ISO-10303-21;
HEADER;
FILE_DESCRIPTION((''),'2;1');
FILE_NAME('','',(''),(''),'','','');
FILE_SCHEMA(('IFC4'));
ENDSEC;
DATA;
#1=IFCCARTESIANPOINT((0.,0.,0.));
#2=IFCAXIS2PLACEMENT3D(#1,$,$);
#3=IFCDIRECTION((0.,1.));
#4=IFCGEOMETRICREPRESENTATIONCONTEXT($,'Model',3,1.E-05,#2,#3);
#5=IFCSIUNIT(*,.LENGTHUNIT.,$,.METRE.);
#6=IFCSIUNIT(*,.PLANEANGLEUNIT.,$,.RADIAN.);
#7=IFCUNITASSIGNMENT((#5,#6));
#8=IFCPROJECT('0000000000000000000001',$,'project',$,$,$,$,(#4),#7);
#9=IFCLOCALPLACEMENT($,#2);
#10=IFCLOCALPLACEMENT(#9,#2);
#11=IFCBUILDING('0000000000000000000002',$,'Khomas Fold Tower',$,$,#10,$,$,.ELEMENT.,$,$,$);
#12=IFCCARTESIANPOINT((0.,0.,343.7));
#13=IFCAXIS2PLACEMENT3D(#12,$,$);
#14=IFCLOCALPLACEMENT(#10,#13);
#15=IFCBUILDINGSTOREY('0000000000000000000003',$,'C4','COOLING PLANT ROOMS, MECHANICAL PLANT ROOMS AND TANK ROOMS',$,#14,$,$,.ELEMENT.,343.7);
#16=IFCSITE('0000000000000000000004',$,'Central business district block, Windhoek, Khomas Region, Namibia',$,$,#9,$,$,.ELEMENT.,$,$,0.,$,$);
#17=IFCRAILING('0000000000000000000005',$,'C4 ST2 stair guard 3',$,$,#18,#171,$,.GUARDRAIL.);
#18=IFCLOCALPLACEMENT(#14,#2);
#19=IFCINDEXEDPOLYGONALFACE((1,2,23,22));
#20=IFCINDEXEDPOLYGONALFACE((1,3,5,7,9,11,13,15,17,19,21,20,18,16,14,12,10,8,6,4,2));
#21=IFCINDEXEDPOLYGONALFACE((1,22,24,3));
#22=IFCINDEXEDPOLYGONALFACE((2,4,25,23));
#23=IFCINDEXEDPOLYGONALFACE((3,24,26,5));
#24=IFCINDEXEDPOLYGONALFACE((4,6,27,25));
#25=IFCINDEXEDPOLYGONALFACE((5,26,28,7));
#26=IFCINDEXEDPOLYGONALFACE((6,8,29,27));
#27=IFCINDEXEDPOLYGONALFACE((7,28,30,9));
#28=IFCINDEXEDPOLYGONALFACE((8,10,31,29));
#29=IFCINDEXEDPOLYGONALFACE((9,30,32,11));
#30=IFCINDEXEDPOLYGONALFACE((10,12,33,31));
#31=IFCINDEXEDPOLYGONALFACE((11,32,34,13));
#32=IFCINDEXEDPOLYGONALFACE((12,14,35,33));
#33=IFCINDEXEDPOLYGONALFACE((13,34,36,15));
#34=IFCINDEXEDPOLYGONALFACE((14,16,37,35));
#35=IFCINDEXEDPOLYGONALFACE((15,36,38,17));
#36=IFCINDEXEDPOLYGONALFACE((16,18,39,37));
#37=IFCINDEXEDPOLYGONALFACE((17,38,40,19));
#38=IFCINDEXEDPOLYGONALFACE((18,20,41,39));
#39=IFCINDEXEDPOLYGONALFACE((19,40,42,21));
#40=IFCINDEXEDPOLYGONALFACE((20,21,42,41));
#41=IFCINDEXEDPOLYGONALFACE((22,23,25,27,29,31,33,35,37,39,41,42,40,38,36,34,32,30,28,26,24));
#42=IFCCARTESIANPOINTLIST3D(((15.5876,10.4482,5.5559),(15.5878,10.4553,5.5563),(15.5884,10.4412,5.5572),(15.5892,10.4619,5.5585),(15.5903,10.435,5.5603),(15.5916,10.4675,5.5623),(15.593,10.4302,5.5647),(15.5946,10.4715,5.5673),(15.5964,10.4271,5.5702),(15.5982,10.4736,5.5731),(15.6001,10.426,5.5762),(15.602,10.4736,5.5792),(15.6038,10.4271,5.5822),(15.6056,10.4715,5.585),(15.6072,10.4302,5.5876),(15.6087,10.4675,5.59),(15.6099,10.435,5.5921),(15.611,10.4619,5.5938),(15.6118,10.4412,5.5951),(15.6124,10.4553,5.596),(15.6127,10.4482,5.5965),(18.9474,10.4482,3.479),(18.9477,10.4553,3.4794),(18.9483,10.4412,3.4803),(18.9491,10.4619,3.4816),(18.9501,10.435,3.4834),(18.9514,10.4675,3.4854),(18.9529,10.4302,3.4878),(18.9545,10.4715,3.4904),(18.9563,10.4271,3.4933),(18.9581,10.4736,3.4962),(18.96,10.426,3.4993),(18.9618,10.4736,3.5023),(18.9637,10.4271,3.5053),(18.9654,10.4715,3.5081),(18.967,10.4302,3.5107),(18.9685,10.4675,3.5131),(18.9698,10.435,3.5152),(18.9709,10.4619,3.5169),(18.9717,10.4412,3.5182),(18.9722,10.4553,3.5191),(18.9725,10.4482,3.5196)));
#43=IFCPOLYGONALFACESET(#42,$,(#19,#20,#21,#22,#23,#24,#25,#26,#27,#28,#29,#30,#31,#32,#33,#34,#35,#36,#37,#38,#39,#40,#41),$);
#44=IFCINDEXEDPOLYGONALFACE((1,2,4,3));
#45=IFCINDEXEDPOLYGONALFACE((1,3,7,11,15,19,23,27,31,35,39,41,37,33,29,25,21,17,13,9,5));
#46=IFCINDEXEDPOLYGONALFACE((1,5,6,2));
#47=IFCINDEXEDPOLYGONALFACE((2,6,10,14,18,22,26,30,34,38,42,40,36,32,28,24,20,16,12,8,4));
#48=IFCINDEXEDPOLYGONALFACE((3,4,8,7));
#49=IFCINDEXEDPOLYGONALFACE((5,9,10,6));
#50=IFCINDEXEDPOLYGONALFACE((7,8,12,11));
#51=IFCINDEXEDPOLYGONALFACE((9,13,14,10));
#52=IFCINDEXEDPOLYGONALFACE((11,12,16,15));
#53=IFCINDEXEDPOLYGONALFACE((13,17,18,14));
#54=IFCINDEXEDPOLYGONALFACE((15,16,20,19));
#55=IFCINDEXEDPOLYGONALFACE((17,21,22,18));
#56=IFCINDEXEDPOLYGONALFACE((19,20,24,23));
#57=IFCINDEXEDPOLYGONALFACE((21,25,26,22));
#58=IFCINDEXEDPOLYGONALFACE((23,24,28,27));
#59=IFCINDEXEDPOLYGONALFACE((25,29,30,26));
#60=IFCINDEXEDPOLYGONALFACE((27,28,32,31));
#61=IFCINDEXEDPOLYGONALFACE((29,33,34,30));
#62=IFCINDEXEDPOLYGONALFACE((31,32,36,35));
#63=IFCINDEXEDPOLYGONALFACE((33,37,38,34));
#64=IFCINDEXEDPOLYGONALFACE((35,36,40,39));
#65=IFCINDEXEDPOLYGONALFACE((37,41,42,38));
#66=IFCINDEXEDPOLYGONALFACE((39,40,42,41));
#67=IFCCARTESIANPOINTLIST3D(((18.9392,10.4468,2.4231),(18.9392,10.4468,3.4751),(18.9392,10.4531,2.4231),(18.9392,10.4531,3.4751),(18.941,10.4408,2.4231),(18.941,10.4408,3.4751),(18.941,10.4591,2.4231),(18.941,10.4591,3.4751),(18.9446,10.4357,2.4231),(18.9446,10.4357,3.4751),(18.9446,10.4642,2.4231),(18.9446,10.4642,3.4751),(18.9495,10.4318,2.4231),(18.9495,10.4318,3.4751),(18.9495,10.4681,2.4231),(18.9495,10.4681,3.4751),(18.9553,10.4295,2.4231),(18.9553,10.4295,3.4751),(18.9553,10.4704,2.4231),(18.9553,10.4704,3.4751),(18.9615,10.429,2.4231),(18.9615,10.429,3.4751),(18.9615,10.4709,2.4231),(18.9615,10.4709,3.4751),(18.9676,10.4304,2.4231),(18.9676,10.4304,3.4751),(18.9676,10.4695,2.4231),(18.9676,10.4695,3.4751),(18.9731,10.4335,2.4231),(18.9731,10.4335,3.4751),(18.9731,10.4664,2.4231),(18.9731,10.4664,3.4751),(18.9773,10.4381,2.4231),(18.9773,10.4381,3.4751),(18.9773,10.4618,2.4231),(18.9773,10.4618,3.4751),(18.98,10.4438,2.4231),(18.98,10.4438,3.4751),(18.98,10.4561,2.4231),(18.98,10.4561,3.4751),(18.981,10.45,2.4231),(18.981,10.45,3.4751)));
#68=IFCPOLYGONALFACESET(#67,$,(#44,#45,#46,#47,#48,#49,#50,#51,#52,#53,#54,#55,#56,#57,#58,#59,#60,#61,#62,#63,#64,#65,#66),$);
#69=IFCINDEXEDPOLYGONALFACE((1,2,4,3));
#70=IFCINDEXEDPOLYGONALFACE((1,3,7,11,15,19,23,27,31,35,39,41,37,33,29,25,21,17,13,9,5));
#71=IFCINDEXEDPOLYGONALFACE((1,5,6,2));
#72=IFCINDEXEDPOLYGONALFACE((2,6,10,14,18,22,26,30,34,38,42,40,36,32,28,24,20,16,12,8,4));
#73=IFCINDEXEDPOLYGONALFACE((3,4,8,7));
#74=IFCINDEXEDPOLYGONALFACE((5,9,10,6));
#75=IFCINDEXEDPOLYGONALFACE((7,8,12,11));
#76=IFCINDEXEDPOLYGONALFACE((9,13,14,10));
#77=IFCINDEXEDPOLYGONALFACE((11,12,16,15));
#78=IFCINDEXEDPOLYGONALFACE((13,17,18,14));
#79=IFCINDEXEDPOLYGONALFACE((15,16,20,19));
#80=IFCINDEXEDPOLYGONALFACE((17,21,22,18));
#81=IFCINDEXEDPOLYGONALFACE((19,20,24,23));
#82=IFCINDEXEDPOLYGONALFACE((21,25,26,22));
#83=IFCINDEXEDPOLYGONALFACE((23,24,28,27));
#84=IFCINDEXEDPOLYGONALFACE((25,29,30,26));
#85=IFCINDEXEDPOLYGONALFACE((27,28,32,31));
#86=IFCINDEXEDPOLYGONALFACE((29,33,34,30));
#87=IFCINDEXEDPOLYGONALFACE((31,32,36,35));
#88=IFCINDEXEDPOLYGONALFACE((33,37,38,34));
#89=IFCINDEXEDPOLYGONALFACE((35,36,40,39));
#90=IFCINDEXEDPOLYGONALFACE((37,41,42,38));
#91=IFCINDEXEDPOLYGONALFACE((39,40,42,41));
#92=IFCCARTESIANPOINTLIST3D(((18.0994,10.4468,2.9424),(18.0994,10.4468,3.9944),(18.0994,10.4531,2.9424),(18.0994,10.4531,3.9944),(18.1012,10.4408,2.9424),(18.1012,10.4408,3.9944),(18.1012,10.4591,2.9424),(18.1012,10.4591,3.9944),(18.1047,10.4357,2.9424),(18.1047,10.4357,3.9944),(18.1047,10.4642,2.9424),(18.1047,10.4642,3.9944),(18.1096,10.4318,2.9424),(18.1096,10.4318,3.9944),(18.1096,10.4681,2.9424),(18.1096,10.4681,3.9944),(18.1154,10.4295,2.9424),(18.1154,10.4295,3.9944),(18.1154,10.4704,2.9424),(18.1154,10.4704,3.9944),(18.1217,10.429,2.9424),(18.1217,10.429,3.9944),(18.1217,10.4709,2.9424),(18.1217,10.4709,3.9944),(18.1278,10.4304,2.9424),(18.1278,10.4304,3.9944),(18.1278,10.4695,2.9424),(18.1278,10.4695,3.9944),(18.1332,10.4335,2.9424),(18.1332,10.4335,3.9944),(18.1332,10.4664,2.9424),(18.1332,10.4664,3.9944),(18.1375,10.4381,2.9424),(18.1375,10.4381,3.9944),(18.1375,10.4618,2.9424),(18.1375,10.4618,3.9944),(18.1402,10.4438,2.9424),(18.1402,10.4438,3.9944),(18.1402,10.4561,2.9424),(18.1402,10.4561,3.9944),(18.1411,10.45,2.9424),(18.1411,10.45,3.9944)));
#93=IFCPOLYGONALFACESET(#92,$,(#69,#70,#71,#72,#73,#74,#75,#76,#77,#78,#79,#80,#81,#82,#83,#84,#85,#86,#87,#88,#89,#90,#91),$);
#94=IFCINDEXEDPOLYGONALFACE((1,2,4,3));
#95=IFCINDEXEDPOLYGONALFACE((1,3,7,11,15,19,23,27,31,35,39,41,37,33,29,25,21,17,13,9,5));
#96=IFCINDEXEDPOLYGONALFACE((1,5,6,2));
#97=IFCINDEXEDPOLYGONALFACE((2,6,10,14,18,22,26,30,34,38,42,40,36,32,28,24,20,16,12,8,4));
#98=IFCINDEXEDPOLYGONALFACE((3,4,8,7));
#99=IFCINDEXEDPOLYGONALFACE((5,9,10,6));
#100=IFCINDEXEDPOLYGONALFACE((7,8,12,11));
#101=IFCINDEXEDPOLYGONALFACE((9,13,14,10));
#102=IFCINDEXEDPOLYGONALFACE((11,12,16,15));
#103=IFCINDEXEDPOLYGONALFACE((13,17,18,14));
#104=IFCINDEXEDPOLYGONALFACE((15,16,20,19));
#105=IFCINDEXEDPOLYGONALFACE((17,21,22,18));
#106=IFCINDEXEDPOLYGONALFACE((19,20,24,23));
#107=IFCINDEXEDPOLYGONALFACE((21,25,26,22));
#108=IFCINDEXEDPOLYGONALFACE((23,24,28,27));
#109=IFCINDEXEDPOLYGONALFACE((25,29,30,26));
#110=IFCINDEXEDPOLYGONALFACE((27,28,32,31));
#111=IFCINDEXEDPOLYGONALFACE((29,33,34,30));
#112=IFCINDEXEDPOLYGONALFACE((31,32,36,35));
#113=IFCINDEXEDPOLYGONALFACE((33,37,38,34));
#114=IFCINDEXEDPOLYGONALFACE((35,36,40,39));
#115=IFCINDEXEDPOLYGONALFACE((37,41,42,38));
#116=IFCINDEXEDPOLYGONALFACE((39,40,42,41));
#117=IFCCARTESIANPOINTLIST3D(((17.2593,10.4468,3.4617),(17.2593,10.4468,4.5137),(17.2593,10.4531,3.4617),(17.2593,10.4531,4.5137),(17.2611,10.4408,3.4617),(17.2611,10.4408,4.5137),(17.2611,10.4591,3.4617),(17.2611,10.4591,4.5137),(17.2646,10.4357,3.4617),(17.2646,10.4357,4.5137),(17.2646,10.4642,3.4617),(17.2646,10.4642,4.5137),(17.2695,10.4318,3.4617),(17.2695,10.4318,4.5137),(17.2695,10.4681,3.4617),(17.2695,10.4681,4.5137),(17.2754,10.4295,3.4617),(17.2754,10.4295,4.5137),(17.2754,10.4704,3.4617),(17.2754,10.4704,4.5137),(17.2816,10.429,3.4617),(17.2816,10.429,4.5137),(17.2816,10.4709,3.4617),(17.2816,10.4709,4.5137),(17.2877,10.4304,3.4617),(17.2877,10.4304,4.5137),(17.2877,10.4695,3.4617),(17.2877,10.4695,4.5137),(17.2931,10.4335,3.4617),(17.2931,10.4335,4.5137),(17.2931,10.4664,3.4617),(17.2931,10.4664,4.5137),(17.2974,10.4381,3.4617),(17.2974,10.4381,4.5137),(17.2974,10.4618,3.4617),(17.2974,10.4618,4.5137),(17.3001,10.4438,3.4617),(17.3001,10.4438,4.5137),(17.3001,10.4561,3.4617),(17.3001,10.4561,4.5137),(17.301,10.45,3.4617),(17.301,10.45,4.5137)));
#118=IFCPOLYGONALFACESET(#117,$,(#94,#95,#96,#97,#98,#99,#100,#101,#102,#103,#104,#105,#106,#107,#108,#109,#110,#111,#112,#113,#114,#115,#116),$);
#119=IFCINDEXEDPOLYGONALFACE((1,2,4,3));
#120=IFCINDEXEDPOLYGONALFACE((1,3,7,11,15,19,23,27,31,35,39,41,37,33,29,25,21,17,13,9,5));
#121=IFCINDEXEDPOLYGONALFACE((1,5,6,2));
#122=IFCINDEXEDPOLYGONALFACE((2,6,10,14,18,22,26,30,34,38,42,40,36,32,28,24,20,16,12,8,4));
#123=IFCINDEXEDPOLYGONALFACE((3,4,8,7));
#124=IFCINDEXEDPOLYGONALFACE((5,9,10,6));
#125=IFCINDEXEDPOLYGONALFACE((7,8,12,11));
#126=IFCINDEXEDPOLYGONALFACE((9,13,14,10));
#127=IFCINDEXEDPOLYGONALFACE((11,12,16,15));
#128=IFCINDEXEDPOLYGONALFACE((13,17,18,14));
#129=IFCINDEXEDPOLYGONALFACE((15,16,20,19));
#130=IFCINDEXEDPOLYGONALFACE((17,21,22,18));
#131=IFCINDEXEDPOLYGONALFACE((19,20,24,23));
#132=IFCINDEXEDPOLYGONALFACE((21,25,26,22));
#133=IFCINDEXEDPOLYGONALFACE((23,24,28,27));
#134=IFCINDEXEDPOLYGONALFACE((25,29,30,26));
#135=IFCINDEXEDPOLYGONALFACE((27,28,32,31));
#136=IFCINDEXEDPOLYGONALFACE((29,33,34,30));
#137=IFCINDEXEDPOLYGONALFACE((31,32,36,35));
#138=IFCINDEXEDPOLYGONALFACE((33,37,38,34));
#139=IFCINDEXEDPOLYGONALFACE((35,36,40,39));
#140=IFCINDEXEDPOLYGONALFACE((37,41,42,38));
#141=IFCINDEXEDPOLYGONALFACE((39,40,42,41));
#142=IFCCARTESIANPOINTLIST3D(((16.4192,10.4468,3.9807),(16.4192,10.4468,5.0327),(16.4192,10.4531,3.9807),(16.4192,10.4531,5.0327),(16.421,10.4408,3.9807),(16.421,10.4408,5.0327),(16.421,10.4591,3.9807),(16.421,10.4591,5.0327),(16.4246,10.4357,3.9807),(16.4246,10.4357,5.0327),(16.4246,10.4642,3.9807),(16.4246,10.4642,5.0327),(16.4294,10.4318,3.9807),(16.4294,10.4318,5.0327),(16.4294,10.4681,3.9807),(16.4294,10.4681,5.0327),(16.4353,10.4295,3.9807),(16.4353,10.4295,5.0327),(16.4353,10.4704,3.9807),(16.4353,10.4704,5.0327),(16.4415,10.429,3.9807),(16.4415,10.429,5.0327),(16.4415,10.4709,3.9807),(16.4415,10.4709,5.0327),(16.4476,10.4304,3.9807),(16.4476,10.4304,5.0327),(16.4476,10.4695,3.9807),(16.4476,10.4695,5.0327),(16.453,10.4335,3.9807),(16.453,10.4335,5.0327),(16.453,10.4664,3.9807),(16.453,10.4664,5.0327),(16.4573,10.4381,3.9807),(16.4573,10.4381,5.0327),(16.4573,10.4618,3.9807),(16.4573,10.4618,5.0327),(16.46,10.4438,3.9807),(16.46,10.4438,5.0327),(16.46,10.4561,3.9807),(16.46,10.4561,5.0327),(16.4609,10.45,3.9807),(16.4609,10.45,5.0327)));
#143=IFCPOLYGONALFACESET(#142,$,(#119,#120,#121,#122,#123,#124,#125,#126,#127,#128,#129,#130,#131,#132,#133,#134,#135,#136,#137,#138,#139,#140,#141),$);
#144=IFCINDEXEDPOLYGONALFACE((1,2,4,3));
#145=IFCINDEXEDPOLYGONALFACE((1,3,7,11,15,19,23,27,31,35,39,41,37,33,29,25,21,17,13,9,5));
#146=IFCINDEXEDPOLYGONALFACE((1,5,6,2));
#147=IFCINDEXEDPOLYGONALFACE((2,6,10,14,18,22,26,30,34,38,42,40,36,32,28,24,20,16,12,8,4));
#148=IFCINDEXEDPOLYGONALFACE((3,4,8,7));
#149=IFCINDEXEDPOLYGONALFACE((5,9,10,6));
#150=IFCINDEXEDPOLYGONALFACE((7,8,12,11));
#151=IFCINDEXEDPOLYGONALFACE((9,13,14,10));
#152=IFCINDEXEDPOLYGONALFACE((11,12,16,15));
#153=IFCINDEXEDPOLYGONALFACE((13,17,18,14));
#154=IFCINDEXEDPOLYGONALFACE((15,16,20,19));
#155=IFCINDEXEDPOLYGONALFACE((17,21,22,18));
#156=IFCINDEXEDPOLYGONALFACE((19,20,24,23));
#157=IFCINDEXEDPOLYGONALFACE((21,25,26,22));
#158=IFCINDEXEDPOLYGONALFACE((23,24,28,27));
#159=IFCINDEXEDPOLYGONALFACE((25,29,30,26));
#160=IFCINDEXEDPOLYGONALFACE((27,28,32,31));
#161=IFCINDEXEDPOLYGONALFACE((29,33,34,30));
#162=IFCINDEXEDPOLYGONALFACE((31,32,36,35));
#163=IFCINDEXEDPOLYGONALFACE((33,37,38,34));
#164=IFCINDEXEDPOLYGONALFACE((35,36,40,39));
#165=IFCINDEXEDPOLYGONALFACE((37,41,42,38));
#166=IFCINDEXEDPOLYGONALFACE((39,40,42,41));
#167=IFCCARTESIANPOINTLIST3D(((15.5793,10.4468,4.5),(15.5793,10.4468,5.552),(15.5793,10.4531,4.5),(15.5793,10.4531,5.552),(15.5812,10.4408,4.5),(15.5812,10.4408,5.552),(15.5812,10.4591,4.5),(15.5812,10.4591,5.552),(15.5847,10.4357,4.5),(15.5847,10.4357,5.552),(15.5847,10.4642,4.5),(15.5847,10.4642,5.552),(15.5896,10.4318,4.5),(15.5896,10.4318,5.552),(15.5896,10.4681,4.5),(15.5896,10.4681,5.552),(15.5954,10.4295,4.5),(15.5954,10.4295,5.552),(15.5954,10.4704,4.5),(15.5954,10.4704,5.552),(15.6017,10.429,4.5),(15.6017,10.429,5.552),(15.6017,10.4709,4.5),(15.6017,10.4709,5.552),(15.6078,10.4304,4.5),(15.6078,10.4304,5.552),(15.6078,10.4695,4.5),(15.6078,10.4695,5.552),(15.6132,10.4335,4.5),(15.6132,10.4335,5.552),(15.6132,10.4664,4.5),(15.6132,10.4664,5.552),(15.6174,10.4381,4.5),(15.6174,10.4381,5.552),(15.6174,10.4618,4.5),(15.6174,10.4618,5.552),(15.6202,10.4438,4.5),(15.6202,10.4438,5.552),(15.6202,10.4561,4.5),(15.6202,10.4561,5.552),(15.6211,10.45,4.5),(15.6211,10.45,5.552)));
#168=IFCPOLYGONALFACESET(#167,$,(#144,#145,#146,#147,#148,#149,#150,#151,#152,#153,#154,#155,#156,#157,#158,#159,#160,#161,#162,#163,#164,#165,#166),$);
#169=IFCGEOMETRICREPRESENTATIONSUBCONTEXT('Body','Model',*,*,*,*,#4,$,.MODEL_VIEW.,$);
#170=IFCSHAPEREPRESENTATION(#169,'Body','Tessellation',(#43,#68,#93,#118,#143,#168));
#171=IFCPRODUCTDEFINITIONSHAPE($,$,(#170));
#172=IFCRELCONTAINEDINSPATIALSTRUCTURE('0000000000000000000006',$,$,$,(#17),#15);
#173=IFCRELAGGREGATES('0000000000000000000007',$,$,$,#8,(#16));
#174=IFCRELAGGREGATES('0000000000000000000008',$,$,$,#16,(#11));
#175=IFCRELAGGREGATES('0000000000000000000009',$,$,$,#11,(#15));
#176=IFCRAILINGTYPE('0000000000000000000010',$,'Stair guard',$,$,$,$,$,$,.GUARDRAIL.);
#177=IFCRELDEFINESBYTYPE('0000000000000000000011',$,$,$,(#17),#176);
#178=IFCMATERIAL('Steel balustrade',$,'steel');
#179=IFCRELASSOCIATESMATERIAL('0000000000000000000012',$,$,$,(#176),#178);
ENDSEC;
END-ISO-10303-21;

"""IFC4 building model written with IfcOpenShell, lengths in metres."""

from ifc_helpers import new_model, si_unit, direction, frame, origin, origin_2d, place, context, subcontext, project, spatial, circle, extrude, source, transform, mapped, material, type_object, element, save


model = new_model("IFC4")

# Units and contexts
model_context = context("Model", 3, precision=1e-05, world=origin(), true_north=direction((0.0, 1.0)))
body_context = subcontext(model_context, "Body", "Model", "MODEL_VIEW")
ifc_project = project(units=[si_unit("LENGTHUNIT", "METRE"), si_unit("PLANEANGLEUNIT", "RADIAN")], contexts=[model_context])

# Site, building, storey
site_placement = place(None, origin())
site = spatial("IfcSite", under=ifc_project, at=site_placement, Name="Central business district block, Windhoek, Khomas Region, Namibia", CompositionType="ELEMENT", RefElevation=0.0)
building_placement = place(site_placement, origin())
building = spatial("IfcBuilding", under=site, at=building_placement, Name="Khomas Fold Tower", CompositionType="ELEMENT")
storey_placement = place(building_placement, frame((0.0, 0.0, 343.7)))
storey = spatial("IfcBuildingStorey", under=building, at=storey_placement, Name="C4", Description="COOLING PLANT ROOMS, MECHANICAL PLANT ROOMS AND TANK ROOMS", CompositionType="ELEMENT", Elevation=343.7)

# Railing
ifc_material_1 = material(Name="Steel balustrade", Category="steel")
railing_type_1 = type_object("IfcRailingType", Name="Stair guard", PredefinedType="GUARDRAIL", material=ifc_material_1)
shared_shape_1 = source(origin(), body_context, "Body", "SweptSolid", [
    extrude(circle(Radius=0.0239, at=origin_2d()), frame((0.0, 0.0, 1.0762), z_axis=(-0.850606, 0.0, 0.525803), x_axis=(0.0, -1.0, 0.0)), (0.0, 0.0, 1.0), 3.95),
    extrude(circle(Radius=0.021, at=origin_2d()), origin(), (0.0, 0.0, 1.0), 1.052),
    extrude(circle(Radius=0.021, at=origin_2d()), frame((-0.8398, 0.0, 0.5193)), (0.0, 0.0, 1.0), 1.052),
    extrude(circle(Radius=0.021, at=origin_2d()), frame((-1.6799, 0.0, 1.0386)), (0.0, 0.0, 1.0), 1.052),
    extrude(circle(Radius=0.021, at=origin_2d()), frame((-2.52, 0.0, 1.5576)), (0.0, 0.0, 1.0), 1.052),
    extrude(circle(Radius=0.021, at=origin_2d()), frame((-3.3599, 0.0, 2.0769)), (0.0, 0.0, 1.0), 1.052),
])
railing_1_placement = place(storey_placement, frame((18.96, 10.45, 2.4231)))
element("IfcRailing", 1, at=railing_1_placement, inside=storey, type_object=railing_type_1, Name="C4 ST2 stair guard 3", PredefinedType="GUARDRAIL", context=body_context, shape_type="MappedRepresentation", body=[
    mapped(shared_shape_1, transform((0.0, 0.0, 0.0))),
])

save(model, "model.ifc")
